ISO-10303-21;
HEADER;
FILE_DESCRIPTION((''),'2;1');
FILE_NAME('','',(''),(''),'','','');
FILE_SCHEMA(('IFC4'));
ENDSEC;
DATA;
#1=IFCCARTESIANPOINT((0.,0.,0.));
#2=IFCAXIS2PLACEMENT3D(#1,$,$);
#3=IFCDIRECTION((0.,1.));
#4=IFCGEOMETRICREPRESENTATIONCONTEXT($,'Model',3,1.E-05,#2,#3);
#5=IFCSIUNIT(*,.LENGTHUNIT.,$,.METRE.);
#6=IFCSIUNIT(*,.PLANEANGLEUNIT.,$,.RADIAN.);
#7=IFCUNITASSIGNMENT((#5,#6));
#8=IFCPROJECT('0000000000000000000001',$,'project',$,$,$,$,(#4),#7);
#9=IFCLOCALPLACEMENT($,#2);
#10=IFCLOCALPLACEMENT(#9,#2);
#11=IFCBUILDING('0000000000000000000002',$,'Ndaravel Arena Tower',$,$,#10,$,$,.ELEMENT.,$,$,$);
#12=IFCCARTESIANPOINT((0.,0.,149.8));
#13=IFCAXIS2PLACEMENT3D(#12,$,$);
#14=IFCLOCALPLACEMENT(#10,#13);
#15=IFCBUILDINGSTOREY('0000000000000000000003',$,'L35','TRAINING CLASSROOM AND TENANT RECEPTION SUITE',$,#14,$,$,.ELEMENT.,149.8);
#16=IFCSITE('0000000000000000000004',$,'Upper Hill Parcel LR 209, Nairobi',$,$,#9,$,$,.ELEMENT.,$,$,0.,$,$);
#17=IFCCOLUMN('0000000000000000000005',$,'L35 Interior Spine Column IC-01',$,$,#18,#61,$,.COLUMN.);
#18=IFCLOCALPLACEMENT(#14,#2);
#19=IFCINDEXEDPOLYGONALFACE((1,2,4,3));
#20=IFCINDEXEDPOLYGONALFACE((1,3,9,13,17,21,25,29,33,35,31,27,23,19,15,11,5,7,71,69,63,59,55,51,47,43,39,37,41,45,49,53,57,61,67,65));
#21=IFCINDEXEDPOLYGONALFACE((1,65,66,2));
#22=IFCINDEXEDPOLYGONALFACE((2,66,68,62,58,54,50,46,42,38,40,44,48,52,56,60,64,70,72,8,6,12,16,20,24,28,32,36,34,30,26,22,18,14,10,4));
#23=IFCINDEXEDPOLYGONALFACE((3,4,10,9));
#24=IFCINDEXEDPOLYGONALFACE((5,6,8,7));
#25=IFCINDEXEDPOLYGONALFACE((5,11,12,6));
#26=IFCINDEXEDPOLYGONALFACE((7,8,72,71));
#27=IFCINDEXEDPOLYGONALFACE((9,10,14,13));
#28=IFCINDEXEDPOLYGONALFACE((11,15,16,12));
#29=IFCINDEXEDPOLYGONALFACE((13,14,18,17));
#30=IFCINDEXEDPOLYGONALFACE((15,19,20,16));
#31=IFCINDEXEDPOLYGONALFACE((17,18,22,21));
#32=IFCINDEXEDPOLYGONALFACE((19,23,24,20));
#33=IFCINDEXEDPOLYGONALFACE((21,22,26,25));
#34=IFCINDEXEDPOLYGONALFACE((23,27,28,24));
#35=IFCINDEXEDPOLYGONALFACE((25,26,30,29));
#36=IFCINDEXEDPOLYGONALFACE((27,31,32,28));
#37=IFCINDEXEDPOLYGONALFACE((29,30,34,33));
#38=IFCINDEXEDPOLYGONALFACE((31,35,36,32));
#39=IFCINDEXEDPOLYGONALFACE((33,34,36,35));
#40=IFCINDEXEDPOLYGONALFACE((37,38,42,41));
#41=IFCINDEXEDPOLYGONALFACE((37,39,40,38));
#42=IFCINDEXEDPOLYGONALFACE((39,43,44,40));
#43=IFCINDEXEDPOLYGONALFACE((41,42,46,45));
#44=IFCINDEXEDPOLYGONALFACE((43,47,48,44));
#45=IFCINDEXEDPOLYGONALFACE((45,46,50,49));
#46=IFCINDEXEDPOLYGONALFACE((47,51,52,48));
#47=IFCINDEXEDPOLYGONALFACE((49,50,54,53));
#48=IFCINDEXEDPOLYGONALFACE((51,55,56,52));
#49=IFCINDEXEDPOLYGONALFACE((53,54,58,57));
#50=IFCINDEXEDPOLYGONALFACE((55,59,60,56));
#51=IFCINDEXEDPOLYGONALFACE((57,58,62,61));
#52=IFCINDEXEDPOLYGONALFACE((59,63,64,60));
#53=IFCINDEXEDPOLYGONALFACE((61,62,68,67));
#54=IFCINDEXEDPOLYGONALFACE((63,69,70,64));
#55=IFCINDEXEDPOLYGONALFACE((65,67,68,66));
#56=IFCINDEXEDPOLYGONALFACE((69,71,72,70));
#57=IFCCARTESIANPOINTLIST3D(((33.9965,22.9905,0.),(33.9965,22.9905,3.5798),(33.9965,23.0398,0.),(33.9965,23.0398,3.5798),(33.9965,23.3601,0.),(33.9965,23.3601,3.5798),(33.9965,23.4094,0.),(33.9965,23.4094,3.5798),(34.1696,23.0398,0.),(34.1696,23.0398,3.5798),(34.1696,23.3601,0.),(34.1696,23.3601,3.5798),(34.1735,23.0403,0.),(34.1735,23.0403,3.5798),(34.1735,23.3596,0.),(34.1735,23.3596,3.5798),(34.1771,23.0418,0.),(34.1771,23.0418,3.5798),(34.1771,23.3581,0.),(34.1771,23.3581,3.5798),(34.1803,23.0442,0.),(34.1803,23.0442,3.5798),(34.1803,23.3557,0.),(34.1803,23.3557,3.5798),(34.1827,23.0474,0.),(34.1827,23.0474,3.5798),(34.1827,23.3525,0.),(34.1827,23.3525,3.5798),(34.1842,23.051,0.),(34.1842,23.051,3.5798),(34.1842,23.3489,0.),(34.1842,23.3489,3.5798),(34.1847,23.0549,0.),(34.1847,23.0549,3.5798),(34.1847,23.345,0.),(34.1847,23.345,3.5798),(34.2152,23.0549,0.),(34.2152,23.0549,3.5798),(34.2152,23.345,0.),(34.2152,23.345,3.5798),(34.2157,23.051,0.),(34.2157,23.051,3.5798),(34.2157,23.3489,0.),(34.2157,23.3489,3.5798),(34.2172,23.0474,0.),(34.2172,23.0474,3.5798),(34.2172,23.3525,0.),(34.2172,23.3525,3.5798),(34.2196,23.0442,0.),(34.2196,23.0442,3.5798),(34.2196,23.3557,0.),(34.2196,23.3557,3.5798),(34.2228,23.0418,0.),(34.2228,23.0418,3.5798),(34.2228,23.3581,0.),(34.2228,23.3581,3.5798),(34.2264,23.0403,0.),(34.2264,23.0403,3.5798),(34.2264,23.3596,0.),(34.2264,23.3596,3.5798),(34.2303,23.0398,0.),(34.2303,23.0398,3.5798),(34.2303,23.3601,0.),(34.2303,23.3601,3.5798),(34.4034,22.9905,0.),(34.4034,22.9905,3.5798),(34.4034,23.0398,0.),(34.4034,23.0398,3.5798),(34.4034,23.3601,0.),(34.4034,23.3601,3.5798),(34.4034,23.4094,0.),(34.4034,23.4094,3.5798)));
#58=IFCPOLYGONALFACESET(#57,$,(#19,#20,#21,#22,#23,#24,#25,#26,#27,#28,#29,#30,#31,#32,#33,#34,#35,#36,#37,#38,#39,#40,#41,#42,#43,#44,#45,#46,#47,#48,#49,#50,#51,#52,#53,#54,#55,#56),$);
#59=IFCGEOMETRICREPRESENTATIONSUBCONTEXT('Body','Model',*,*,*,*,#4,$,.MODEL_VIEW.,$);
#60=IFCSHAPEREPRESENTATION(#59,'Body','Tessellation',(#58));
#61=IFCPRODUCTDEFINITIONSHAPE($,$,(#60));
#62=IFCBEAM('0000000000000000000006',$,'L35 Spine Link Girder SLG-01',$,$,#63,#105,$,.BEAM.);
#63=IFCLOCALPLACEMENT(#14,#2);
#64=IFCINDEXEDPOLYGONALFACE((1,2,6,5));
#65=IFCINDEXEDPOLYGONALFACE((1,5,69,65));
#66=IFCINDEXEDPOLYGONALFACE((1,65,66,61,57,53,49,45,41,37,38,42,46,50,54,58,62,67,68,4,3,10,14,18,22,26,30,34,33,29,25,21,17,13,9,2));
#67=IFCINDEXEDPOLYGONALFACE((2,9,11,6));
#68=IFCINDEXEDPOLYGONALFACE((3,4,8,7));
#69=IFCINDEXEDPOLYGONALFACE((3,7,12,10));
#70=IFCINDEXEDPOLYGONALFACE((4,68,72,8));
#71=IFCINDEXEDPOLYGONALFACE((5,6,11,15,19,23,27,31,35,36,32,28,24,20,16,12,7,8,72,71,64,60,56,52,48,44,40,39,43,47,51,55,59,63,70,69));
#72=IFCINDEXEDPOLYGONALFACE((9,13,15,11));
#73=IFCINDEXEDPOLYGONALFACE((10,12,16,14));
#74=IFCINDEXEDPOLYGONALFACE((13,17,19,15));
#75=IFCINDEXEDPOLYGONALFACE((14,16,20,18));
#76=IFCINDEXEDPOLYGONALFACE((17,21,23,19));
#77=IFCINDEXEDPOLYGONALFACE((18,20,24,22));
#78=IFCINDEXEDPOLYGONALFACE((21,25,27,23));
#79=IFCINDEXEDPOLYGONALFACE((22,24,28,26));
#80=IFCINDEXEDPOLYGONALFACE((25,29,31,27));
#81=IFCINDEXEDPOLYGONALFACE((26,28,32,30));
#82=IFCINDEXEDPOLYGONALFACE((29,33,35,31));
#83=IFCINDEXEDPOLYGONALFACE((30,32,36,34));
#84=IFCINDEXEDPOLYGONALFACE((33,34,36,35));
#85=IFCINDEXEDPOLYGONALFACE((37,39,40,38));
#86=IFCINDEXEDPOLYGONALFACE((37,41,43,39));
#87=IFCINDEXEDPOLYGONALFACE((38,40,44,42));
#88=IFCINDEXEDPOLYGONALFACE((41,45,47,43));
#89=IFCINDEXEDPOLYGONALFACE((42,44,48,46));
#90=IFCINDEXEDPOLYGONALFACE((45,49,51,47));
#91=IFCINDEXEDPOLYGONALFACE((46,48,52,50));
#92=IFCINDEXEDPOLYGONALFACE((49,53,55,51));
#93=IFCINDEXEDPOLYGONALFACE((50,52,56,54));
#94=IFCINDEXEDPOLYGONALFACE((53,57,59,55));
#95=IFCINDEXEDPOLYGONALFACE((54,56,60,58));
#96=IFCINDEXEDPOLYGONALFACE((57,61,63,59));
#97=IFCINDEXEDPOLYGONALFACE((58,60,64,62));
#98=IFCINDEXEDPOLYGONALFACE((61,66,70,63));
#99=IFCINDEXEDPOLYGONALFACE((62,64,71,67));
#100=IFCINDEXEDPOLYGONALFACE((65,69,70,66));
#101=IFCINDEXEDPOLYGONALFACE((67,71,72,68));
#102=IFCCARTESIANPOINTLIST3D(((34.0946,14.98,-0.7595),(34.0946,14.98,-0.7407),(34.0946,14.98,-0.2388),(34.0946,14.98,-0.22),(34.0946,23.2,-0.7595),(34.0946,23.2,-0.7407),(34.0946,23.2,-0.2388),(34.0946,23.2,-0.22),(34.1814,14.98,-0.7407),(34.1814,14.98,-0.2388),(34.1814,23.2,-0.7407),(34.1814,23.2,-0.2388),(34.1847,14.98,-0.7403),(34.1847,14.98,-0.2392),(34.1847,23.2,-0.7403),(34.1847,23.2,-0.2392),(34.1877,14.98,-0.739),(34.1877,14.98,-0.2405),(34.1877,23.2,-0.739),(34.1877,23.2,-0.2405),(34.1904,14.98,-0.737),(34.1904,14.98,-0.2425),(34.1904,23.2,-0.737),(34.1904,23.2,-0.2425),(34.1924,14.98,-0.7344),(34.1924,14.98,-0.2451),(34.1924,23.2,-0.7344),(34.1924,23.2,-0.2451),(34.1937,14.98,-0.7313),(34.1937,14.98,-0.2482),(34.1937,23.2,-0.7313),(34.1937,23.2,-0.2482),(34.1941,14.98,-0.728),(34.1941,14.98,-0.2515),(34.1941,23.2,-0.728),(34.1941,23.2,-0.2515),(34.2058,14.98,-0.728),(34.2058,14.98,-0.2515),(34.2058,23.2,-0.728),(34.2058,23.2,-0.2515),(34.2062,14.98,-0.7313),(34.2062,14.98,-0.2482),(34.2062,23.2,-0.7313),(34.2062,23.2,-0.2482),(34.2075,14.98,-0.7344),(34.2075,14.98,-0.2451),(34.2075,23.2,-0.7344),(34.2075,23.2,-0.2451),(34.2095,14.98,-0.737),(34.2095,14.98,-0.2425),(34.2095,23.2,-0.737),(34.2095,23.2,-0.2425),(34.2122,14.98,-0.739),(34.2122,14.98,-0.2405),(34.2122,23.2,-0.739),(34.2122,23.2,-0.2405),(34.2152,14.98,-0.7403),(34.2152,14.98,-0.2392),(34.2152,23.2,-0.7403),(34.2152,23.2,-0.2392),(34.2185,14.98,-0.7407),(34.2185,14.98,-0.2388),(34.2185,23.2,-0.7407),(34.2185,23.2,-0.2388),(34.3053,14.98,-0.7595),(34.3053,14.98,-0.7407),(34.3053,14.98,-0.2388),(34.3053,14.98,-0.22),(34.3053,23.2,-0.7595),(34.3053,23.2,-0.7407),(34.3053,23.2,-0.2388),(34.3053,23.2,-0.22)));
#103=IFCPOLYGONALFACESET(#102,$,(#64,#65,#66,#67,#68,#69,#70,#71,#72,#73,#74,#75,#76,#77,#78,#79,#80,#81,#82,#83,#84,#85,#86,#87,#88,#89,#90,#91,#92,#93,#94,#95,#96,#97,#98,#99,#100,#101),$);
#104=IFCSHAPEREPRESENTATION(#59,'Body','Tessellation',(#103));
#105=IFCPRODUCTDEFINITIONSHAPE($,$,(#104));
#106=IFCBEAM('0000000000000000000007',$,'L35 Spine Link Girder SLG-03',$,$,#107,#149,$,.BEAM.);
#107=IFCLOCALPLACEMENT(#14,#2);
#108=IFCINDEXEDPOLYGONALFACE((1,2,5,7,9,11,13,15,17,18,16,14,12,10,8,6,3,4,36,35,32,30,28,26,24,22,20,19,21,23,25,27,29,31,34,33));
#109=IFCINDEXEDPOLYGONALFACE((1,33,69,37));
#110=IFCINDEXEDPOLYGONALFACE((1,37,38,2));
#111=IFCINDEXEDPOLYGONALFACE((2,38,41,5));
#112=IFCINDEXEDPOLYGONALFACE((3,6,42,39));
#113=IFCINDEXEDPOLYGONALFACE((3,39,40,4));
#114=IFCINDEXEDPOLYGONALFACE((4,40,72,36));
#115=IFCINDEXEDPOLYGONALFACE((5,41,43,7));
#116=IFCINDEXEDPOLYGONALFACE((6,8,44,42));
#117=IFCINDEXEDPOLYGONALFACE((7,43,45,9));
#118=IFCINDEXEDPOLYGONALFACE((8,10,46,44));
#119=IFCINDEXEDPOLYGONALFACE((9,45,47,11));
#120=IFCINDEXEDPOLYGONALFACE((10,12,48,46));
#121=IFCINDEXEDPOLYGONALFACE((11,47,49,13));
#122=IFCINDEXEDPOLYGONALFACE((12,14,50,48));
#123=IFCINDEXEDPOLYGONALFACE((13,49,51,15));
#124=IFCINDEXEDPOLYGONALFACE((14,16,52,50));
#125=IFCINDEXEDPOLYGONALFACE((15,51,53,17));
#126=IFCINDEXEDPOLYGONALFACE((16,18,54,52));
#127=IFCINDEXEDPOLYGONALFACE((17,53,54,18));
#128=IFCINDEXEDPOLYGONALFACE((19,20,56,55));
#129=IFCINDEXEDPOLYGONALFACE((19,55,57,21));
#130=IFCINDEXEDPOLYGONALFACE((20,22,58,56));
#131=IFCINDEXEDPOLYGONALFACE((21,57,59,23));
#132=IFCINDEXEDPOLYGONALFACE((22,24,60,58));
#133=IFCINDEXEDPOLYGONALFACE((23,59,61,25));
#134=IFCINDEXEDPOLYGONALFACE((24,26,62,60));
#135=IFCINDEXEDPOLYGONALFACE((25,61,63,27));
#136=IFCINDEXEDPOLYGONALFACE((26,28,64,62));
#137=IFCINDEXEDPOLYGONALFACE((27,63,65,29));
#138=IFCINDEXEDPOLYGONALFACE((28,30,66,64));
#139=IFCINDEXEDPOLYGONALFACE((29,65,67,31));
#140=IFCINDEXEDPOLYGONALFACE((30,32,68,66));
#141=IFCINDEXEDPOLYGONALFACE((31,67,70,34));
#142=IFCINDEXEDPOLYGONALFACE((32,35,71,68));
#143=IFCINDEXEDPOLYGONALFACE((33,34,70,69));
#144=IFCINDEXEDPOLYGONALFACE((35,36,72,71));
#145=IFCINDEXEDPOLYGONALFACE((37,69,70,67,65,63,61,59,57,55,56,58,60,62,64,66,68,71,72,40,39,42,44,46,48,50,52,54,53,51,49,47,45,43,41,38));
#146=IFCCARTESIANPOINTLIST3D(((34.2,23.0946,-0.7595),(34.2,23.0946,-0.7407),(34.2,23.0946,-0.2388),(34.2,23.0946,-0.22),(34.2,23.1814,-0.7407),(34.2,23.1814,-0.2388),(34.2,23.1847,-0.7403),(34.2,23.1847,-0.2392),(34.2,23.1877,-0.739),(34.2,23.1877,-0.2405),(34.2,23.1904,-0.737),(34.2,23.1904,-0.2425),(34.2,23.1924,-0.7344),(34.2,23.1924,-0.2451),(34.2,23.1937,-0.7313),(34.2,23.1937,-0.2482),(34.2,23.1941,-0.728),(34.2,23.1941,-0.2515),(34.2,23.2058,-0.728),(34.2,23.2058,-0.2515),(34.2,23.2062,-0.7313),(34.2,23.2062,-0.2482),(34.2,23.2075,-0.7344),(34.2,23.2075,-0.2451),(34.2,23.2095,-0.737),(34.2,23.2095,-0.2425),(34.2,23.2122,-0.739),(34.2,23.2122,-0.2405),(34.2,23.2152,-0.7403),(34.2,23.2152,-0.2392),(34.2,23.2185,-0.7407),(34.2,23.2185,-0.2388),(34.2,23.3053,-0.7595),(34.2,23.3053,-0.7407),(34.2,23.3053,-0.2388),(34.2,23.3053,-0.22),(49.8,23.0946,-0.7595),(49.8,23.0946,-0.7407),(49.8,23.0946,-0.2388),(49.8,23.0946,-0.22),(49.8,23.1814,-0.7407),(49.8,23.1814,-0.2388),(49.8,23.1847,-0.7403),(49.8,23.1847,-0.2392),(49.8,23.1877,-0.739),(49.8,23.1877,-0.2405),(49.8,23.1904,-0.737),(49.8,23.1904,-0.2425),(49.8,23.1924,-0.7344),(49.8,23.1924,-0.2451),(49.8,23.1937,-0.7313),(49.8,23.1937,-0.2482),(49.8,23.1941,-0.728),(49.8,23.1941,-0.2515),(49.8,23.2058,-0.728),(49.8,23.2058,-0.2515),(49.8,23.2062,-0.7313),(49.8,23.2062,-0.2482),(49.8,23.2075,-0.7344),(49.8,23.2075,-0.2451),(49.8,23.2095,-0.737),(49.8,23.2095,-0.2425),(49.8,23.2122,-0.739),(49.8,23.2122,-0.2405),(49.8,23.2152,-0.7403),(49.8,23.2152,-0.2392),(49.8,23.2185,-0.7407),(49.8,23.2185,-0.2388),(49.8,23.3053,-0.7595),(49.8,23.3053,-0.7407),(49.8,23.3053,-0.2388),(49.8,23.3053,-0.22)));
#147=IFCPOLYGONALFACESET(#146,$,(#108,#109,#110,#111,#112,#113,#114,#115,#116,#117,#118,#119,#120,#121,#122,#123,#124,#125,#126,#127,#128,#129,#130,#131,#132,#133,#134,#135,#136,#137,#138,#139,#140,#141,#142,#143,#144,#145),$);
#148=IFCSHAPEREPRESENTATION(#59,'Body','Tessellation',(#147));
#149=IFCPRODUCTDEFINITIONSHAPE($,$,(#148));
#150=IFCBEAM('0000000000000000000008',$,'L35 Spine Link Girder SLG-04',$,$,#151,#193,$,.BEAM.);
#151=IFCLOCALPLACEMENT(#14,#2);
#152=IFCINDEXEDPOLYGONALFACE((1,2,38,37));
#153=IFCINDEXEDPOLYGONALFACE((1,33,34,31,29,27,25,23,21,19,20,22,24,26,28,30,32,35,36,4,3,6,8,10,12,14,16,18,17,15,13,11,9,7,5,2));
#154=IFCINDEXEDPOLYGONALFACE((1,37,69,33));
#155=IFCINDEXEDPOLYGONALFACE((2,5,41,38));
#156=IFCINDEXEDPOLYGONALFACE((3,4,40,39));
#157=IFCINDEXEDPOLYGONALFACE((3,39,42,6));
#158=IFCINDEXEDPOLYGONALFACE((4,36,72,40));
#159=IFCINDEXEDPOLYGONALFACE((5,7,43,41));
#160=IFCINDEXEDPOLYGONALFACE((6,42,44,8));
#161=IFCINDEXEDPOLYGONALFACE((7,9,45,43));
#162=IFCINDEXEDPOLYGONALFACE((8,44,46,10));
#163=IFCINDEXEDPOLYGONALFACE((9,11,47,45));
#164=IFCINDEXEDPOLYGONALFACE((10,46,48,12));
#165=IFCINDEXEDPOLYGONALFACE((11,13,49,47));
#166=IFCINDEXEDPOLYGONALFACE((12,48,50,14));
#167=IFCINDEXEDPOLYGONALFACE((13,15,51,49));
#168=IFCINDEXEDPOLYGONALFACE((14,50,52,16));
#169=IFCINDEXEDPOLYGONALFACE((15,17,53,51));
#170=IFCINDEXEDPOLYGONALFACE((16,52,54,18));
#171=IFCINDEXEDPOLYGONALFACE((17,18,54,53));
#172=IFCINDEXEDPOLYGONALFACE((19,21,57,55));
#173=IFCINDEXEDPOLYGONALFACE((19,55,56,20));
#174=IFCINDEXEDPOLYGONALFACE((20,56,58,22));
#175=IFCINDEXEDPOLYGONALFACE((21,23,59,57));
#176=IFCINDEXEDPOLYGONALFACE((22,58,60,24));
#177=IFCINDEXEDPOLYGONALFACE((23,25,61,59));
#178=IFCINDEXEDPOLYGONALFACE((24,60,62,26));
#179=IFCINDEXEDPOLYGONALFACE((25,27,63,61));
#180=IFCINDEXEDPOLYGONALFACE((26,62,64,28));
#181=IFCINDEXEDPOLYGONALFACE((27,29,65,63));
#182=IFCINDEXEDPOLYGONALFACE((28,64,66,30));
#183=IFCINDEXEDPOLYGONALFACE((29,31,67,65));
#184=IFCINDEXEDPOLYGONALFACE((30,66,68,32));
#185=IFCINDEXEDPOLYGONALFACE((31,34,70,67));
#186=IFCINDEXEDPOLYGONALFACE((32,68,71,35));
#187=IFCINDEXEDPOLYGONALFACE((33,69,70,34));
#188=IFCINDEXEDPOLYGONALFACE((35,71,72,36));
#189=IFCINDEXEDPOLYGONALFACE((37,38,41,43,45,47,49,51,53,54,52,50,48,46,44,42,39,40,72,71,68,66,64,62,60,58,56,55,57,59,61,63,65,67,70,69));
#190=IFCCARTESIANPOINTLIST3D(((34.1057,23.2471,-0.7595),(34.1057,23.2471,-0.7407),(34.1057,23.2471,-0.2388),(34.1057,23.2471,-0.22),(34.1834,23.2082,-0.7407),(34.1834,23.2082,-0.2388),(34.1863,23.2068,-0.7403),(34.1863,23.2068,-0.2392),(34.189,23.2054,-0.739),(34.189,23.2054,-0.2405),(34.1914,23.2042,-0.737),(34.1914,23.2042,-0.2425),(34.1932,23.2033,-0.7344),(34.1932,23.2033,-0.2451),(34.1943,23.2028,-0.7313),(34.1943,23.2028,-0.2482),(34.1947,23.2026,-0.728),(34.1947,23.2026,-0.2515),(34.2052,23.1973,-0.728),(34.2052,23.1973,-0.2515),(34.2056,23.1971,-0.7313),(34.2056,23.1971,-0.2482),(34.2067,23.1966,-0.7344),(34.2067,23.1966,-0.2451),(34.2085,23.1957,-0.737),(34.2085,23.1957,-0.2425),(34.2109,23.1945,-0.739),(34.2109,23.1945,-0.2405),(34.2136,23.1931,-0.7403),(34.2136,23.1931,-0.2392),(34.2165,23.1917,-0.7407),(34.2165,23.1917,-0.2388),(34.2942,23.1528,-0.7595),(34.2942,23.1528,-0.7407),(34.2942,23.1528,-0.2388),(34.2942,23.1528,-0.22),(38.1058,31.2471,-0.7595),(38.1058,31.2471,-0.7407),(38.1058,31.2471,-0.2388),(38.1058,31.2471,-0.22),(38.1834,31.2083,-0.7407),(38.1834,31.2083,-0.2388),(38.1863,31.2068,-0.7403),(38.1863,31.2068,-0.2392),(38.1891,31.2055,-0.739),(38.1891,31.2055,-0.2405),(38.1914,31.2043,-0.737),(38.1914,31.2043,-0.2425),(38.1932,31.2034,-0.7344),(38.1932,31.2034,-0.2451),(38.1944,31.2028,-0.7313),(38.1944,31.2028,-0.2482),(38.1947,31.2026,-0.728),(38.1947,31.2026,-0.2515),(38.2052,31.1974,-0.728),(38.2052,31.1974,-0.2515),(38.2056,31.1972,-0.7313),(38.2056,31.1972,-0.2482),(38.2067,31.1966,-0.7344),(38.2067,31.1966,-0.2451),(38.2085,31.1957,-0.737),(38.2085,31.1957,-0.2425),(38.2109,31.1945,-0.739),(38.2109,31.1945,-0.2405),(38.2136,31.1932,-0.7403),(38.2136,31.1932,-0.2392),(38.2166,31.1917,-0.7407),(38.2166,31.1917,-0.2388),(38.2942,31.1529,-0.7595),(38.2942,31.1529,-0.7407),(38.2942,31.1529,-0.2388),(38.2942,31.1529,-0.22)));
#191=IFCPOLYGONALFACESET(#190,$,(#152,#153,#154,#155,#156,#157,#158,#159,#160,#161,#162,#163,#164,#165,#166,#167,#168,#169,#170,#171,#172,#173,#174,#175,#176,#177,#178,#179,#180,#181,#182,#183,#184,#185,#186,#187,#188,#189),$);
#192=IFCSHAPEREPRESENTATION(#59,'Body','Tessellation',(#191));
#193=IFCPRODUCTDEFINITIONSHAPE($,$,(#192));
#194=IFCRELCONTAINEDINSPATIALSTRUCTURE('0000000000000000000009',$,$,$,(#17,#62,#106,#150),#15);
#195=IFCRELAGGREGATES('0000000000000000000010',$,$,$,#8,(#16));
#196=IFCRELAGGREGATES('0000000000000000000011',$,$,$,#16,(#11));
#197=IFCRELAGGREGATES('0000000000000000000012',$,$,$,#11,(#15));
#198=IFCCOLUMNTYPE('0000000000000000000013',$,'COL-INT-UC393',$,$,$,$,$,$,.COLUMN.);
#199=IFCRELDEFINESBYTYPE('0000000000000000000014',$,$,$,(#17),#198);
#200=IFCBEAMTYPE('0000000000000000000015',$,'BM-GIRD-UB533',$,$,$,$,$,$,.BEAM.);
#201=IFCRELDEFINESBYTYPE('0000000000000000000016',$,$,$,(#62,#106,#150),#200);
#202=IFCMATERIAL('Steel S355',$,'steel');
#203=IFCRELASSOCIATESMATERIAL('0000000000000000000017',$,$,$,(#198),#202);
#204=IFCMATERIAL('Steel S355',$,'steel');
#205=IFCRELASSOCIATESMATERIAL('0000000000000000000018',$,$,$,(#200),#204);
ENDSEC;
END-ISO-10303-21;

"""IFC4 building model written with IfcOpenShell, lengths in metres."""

from ifc_helpers import new_model, si_unit, direction, frame, origin, origin_2d, place, context, subcontext, project, spatial, i_section, extrude, material, material_profile, profile_set, type_object, element, save


model = new_model("IFC4")

# Units and contexts
model_context = context("Model", 3, precision=1e-05, world=origin(), true_north=direction((0.0, 1.0)))
body_context = subcontext(model_context, "Body", "Model", "MODEL_VIEW")
ifc_project = project(units=[si_unit("LENGTHUNIT", "METRE"), si_unit("PLANEANGLEUNIT", "RADIAN")], contexts=[model_context])

# Site, building, storey
site_placement = place(None, origin())
site = spatial("IfcSite", under=ifc_project, at=site_placement, Name="Upper Hill Parcel LR 209, Nairobi", CompositionType="ELEMENT", RefElevation=0.0)
building_placement = place(site_placement, origin())
building = spatial("IfcBuilding", under=site, at=building_placement, Name="Ndaravel Arena Tower", CompositionType="ELEMENT")
storey_placement = place(building_placement, frame((0.0, 0.0, 149.8)))
storey = spatial("IfcBuildingStorey", under=building, at=storey_placement, Name="L35", Description="TRAINING CLASSROOM AND TENANT RECEPTION SUITE", CompositionType="ELEMENT", Elevation=149.8)

# Column
ifc_material_1 = material(Name="Steel S355", Category="steel")
ifc_material_profile_1 = material_profile(ifc_material_1, i_section(OverallWidth=0.407, OverallDepth=0.4189, WebThickness=0.0305, FlangeThickness=0.0493, FilletRadius=0.0151, at=origin_2d()), Name="UC 356x406x393")
ifc_profile_set_1 = profile_set([ifc_material_profile_1], Name="Steel S355")
column_type = type_object("IfcColumnType", Name="COL-INT-UC393", PredefinedType="COLUMN", material=ifc_profile_set_1)
column_placement = place(storey_placement, frame((34.2, 23.2, 0.0), z_axis=(0.0, 0.0, 1.0), x_axis=(1.0, 0.0, 0.0)))
element("IfcColumn", 1, at=column_placement, inside=storey, type_object=column_type, Name="L35 Interior Spine Column IC-01", PredefinedType="COLUMN", context=body_context, shape_type="SweptSolid", body=[
    extrude(i_section(OverallWidth=0.407, OverallDepth=0.4189, WebThickness=0.0305, FlangeThickness=0.0493, FilletRadius=0.0151, at=origin_2d()), origin(), (0.0, 0.0, 1.0), 3.5798),
])

# Beams
ifc_material_2 = material(Name="Steel S355", Category="steel")
ifc_material_profile_2 = material_profile(ifc_material_2, i_section(OverallWidth=0.2107, OverallDepth=0.5396, WebThickness=0.0117, FlangeThickness=0.0188, FilletRadius=0.0127, at=origin_2d()), Name="UB 533x210x109")
ifc_profile_set_2 = profile_set([ifc_material_profile_2], Name="Steel S355")
beam_type = type_object("IfcBeamType", Name="BM-GIRD-UB533", PredefinedType="BEAM", material=ifc_profile_set_2)
beam_1_placement = place(storey_placement, frame((34.2, 14.98, -0.4897), z_axis=(0.0, 1.0, 0.0), x_axis=(-1.0, 0.0, 0.0)))
element("IfcBeam", 2, at=beam_1_placement, inside=storey, type_object=beam_type, Name="L35 Spine Link Girder SLG-01", PredefinedType="BEAM", context=body_context, shape_type="SweptSolid", body=[
    extrude(i_section(OverallWidth=0.2107, OverallDepth=0.5396, WebThickness=0.0117, FlangeThickness=0.0188, FilletRadius=0.0127, at=origin_2d()), origin(), (0.0, 0.0, 1.0), 8.22),
])
beam_2_placement = place(storey_placement, frame((34.2, 23.2, -0.4897), z_axis=(1.0, 0.0, 0.0), x_axis=(0.0, 1.0, 0.0)))
element("IfcBeam", 3, at=beam_2_placement, inside=storey, type_object=beam_type, Name="L35 Spine Link Girder SLG-03", PredefinedType="BEAM", context=body_context, shape_type="SweptSolid", body=[
    extrude(i_section(OverallWidth=0.2107, OverallDepth=0.5396, WebThickness=0.0117, FlangeThickness=0.0188, FilletRadius=0.0127, at=origin_2d()), origin(), (0.0, 0.0, 1.0), 15.6001),
])
beam_3_placement = place(storey_placement, frame((34.2, 23.2, -0.4897), z_axis=(0.447214, 0.894427, 0.0), x_axis=(-0.894427, 0.447214, 0.0)))
element("IfcBeam", 4, at=beam_3_placement, inside=storey, type_object=beam_type, Name="L35 Spine Link Girder SLG-04", PredefinedType="BEAM", context=body_context, shape_type="SweptSolid", body=[
    extrude(i_section(OverallWidth=0.2107, OverallDepth=0.5396, WebThickness=0.0117, FlangeThickness=0.0188, FilletRadius=0.0127, at=origin_2d()), origin(), (0.0, 0.0, 1.0), 8.9443),
])

save(model, "model.ifc")
